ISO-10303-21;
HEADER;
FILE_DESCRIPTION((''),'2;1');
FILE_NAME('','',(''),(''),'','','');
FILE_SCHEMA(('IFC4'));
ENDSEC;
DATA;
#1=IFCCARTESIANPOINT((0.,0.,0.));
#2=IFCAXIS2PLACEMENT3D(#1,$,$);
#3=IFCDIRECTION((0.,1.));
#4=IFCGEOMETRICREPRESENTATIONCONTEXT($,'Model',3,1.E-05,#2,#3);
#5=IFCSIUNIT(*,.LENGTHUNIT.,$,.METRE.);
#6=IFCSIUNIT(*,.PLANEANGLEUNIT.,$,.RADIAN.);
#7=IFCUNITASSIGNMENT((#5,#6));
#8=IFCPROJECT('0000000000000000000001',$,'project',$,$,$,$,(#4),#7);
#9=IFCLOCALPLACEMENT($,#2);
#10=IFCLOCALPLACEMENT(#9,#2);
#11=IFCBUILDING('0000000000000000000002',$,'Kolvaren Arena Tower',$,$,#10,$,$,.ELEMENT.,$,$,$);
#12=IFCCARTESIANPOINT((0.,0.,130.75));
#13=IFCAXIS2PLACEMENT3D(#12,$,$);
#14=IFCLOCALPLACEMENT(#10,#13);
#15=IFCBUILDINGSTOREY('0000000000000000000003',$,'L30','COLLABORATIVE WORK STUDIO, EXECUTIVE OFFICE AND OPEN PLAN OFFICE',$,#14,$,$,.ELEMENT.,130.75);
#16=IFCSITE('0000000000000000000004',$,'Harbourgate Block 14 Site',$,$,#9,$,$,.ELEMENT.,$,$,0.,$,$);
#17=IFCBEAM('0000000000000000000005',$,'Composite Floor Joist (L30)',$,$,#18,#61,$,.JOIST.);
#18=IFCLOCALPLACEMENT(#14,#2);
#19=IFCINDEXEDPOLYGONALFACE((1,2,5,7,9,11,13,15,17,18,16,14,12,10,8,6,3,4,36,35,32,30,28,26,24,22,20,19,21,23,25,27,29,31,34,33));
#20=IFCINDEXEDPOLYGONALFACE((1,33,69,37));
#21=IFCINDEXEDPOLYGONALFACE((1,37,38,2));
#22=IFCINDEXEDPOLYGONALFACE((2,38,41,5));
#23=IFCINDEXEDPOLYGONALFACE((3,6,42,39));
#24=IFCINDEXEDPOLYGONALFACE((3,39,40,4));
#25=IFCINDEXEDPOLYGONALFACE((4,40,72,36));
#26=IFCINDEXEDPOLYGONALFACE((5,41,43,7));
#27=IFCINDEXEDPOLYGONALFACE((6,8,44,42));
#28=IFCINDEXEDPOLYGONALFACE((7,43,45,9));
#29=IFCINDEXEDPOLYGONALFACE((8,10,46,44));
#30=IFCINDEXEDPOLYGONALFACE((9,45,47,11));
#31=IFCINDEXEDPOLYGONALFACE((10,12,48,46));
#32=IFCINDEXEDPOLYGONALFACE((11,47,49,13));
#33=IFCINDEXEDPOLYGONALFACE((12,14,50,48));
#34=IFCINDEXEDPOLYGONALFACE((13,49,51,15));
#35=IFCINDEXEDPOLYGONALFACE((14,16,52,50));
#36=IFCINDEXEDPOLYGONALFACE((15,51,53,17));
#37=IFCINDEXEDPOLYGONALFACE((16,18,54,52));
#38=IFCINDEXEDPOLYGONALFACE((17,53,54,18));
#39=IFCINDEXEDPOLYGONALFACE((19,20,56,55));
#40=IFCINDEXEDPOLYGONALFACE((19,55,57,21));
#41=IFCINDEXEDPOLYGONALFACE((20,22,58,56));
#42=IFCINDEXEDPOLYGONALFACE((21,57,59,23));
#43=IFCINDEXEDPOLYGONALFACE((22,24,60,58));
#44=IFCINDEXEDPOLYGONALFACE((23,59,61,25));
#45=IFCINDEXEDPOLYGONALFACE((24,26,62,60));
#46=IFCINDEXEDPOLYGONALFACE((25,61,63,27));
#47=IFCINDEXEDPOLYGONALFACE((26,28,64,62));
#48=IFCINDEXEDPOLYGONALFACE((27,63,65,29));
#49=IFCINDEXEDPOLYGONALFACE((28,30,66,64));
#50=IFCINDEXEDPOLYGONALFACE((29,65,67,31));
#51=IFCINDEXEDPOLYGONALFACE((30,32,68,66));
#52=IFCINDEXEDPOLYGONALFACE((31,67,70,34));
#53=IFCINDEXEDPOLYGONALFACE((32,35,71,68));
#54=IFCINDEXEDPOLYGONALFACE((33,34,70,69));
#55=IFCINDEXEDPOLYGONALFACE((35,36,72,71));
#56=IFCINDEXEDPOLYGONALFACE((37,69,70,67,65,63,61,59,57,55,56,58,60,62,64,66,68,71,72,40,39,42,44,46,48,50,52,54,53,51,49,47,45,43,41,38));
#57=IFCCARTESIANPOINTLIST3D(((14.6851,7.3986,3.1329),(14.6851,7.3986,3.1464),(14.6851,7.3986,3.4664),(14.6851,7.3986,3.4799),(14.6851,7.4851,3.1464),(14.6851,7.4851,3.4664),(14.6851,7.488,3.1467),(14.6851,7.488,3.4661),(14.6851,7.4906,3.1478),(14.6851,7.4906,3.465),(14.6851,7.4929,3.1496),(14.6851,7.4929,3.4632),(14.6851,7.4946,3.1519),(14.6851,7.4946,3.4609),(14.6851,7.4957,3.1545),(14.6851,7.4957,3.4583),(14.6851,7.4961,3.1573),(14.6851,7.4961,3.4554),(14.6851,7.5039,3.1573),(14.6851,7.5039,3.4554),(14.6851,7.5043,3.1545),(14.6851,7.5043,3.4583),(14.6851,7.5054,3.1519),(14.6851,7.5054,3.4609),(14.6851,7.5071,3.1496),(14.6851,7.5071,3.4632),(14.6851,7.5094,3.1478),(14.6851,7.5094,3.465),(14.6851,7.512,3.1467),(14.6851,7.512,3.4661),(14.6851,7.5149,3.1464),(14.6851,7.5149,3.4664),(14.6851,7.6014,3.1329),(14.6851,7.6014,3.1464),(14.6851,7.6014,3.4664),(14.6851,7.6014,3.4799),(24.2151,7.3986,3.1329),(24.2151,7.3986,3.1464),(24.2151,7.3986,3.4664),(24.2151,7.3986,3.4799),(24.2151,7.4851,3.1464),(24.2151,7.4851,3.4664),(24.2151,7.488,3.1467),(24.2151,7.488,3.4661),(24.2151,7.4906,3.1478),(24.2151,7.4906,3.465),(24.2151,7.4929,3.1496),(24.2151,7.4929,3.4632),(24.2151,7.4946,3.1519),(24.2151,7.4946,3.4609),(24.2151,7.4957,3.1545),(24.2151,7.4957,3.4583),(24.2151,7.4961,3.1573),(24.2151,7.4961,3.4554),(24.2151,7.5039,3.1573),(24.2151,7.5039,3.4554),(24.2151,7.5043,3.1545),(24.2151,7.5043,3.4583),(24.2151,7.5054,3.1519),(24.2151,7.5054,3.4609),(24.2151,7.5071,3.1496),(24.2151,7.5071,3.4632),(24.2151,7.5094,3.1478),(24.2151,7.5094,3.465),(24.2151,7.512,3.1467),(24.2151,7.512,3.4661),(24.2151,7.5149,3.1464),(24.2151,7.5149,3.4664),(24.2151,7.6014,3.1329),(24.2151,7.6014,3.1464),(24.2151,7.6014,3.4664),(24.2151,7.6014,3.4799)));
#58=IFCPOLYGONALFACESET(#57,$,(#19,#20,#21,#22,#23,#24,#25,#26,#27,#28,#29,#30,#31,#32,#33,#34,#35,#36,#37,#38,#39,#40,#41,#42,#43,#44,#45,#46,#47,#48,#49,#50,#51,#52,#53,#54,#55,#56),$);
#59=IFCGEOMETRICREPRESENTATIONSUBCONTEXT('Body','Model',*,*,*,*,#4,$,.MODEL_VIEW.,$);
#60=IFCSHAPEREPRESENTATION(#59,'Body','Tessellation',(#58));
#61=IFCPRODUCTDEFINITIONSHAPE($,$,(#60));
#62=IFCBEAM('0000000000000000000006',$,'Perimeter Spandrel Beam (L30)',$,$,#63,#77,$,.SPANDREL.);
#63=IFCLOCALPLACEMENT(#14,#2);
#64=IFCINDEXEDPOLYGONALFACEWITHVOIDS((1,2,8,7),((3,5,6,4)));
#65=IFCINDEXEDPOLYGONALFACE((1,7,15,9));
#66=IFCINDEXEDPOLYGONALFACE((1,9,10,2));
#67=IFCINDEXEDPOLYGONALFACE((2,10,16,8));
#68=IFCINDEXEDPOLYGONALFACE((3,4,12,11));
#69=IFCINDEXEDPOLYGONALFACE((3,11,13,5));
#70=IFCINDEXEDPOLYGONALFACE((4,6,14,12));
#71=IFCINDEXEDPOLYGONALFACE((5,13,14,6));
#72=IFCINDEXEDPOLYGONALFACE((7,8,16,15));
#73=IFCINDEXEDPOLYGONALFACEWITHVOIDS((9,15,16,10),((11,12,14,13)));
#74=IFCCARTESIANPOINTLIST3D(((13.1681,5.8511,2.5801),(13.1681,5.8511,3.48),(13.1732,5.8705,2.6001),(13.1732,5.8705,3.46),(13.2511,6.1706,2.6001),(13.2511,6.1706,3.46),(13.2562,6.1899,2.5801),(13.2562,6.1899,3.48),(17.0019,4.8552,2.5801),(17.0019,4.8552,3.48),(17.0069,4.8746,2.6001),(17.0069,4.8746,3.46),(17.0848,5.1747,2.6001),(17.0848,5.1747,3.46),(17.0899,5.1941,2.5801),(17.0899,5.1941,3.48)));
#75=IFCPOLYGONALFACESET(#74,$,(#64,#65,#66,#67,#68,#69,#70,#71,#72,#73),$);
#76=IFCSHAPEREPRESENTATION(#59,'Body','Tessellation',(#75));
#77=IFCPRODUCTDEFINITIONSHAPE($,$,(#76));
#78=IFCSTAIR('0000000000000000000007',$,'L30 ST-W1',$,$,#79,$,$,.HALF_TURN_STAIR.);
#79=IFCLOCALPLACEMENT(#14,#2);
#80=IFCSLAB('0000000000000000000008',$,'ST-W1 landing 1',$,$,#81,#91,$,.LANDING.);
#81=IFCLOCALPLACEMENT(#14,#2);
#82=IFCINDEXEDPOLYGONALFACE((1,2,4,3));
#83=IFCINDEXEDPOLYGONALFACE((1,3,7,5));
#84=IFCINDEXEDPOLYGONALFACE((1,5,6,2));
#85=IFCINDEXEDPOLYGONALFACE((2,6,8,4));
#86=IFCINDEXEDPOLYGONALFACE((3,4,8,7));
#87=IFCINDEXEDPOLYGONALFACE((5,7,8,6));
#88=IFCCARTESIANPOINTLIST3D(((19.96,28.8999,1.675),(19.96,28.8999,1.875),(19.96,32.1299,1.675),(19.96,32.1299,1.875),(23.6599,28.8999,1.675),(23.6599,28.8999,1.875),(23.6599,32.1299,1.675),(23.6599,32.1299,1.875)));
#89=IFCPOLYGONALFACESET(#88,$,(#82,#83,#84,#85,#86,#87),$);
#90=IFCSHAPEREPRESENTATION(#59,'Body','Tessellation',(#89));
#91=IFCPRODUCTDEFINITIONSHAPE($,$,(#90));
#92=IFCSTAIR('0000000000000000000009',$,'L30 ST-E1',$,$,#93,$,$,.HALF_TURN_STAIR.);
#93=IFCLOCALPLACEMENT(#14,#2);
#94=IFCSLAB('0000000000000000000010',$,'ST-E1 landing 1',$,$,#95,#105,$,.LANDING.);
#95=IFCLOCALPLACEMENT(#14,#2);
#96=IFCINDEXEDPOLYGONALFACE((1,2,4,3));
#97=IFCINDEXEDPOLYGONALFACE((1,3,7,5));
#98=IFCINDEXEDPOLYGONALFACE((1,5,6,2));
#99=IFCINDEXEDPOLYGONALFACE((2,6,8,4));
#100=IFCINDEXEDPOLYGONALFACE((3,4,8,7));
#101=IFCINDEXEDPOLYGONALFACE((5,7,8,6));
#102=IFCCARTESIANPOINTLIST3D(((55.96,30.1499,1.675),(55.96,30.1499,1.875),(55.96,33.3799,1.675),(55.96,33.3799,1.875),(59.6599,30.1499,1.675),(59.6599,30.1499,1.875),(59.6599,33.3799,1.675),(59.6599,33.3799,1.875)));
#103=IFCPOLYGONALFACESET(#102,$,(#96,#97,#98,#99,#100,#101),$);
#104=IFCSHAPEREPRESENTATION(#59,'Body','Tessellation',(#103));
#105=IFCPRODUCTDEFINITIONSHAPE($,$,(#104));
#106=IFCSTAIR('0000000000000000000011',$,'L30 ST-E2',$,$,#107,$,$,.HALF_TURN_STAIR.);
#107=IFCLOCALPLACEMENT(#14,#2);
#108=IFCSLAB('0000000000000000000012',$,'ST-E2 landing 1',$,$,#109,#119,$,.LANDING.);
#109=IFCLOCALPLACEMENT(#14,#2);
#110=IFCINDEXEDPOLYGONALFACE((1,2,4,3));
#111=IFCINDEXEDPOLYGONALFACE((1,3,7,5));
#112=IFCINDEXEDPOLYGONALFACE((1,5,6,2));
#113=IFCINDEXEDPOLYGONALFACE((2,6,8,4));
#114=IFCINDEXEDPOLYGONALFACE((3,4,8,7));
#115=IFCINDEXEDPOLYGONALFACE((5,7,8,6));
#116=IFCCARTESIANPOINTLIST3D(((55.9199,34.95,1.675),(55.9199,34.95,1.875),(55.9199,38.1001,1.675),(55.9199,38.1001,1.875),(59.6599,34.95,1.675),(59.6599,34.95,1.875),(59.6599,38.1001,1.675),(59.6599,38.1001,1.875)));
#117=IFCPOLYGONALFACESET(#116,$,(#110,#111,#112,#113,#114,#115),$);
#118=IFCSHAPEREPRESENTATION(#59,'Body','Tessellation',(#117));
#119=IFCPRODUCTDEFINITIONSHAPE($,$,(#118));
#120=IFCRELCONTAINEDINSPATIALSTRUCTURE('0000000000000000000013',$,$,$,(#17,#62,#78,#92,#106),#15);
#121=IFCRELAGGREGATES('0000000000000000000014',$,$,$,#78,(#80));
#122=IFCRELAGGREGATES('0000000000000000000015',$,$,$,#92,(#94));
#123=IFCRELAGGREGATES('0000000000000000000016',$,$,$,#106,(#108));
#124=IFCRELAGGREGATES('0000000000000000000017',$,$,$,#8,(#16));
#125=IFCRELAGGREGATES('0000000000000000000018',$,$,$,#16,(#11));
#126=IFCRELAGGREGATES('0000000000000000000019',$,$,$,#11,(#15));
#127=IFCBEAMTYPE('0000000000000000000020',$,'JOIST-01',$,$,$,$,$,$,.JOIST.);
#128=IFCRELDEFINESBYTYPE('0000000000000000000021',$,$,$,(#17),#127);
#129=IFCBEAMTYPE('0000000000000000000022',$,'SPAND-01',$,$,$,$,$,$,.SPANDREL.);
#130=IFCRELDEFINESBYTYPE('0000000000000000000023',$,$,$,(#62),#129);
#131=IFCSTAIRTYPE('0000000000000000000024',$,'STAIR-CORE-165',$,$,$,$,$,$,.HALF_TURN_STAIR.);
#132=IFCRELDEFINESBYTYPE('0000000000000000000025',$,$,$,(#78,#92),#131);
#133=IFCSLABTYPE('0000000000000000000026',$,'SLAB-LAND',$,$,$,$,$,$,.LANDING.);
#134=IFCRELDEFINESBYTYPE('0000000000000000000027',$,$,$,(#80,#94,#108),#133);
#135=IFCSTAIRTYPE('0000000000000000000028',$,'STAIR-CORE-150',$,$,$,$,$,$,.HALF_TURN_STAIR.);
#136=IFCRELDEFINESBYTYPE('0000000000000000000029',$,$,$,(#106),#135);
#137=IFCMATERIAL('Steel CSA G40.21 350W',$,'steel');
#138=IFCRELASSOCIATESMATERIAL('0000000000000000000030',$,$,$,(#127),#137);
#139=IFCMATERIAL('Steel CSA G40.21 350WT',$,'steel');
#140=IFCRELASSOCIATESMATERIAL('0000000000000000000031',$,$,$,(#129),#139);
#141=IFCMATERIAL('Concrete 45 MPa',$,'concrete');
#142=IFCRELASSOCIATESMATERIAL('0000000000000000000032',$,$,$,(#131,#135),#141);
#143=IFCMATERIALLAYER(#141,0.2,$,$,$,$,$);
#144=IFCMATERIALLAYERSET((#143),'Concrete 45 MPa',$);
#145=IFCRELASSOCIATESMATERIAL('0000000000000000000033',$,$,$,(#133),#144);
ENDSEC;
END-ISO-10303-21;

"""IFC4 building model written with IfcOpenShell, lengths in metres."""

from ifc_helpers import new_model, si_unit, direction, frame, origin, origin_2d, place, context, subcontext, project, spatial, polyline, hollow_rectangle, i_section, outline, extrude, material, layer, layer_set, material_profile, profile_set, type_object, element, aggregate, save


model = new_model("IFC4")

# Units and contexts
model_context = context("Model", 3, precision=1e-05, world=origin(), true_north=direction((0.0, 1.0)))
body_context = subcontext(model_context, "Body", "Model", "MODEL_VIEW")
ifc_project = project(units=[si_unit("LENGTHUNIT", "METRE"), si_unit("PLANEANGLEUNIT", "RADIAN")], contexts=[model_context])

# Site, building, storey
site_placement = place(None, origin())
site = spatial("IfcSite", under=ifc_project, at=site_placement, Name="Harbourgate Block 14 Site", CompositionType="ELEMENT", RefElevation=0.0)
building_placement = place(site_placement, origin())
building = spatial("IfcBuilding", under=site, at=building_placement, Name="Kolvaren Arena Tower", CompositionType="ELEMENT")
storey_placement = place(building_placement, frame((0.0, 0.0, 130.75)))
storey = spatial("IfcBuildingStorey", under=building, at=storey_placement, Name="L30", Description="COLLABORATIVE WORK STUDIO, EXECUTIVE OFFICE AND OPEN PLAN OFFICE", CompositionType="ELEMENT", Elevation=130.75)

# Beams
ifc_material_1 = material(Name="Steel CSA G40.21 350W", Category="steel")
ifc_material_profile_1 = material_profile(ifc_material_1, i_section(OverallWidth=0.2029, OverallDepth=0.3469, WebThickness=0.0078, FlangeThickness=0.0134, FilletRadius=0.011, at=origin_2d()), Name="W360x64")
ifc_profile_set_1 = profile_set([ifc_material_profile_1], Name="Steel CSA G40.21 350W")
beam_type_1 = type_object("IfcBeamType", Name="JOIST-01", PredefinedType="JOIST", material=ifc_profile_set_1)
beam_1_placement = place(storey_placement, frame((14.6851, 7.5, 3.3064), z_axis=(1.0, 0.0, 0.0), x_axis=(0.0, 1.0, 0.0)))
element("IfcBeam", 1, at=beam_1_placement, inside=storey, type_object=beam_type_1, Name="Composite Floor Joist (L30)", PredefinedType="JOIST", context=body_context, shape_type="SweptSolid", body=[
    extrude(i_section(OverallWidth=0.2029, OverallDepth=0.3469, WebThickness=0.0078, FlangeThickness=0.0134, FilletRadius=0.011, at=origin_2d()), origin(), (0.0, 0.0, 1.0), 9.53),
])
ifc_material_2 = material(Name="Steel CSA G40.21 350WT", Category="steel")
ifc_material_profile_2 = material_profile(ifc_material_2, hollow_rectangle(XDim=0.3501, YDim=0.8999, WallThickness=0.02, at=origin_2d()), Name="HSS 900x350x20")
ifc_profile_set_2 = profile_set([ifc_material_profile_2], Name="Steel CSA G40.21 350WT")
beam_type_2 = type_object("IfcBeamType", Name="SPAND-01", PredefinedType="SPANDREL", material=ifc_profile_set_2)
beam_2_placement = place(storey_placement, frame((13.2122, 6.0205, 3.03), z_axis=(0.967879, -0.251416, 0.0), x_axis=(0.251416, 0.967879, 0.0)))
element("IfcBeam", 2, at=beam_2_placement, inside=storey, type_object=beam_type_2, Name="Perimeter Spandrel Beam (L30)", PredefinedType="SPANDREL", context=body_context, shape_type="SweptSolid", body=[
    extrude(hollow_rectangle(XDim=0.3501, YDim=0.8999, WallThickness=0.02, at=origin_2d()), origin(), (0.0, 0.0, 1.0), 3.9609),
])

# Stairs, slabs
ifc_material_3 = material(Name="Concrete 45 MPa", Category="concrete")
stair_type_1 = type_object("IfcStairType", Name="STAIR-CORE-165", PredefinedType="HALF_TURN_STAIR", material=ifc_material_3)
stair_1_placement = place(storey_placement, origin())
stair_1 = element("IfcStair", 3, at=stair_1_placement, inside=storey, type_object=stair_type_1, Name="L30 ST-W1", PredefinedType="HALF_TURN_STAIR")
ifc_layer_1 = layer(ifc_material_3, 0.2)
ifc_layer_set_1 = layer_set([ifc_layer_1], Name="Concrete 45 MPa")
slab_type_1 = type_object("IfcSlabType", Name="SLAB-LAND", PredefinedType="LANDING", material=ifc_layer_set_1)
slab_1_placement = place(storey_placement, frame((0.0, 0.0, 1.675)))
slab_1 = element("IfcSlab", 4, at=slab_1_placement, type_object=slab_type_1, Name="ST-W1 landing 1", PredefinedType="LANDING", context=body_context, shape_type="SweptSolid", body=[
    extrude(outline(polyline([(19.96, 28.8999), (23.6599, 28.8999), (23.6599, 32.1299), (19.96, 32.1299), (19.96, 28.8999)])), origin(), (0.0, 0.0, 1.0), 0.2),
])
aggregate(stair_1, [slab_1])
stair_2_placement = place(storey_placement, origin())
stair_2 = element("IfcStair", 5, at=stair_2_placement, inside=storey, type_object=stair_type_1, Name="L30 ST-E1", PredefinedType="HALF_TURN_STAIR")
slab_2_placement = place(storey_placement, frame((0.0, 0.0, 1.675)))
slab_2 = element("IfcSlab", 6, at=slab_2_placement, type_object=slab_type_1, Name="ST-E1 landing 1", PredefinedType="LANDING", context=body_context, shape_type="SweptSolid", body=[
    extrude(outline(polyline([(55.96, 30.1499), (59.6599, 30.1499), (59.6599, 33.3799), (55.96, 33.3799), (55.96, 30.1499)])), origin(), (0.0, 0.0, 1.0), 0.2),
])
aggregate(stair_2, [slab_2])
stair_type_2 = type_object("IfcStairType", Name="STAIR-CORE-150", PredefinedType="HALF_TURN_STAIR", material=ifc_material_3)
stair_3_placement = place(storey_placement, origin())
stair_3 = element("IfcStair", 7, at=stair_3_placement, inside=storey, type_object=stair_type_2, Name="L30 ST-E2", PredefinedType="HALF_TURN_STAIR")
slab_3_placement = place(storey_placement, frame((0.0, 0.0, 1.675)))
slab_3 = element("IfcSlab", 8, at=slab_3_placement, type_object=slab_type_1, Name="ST-E2 landing 1", PredefinedType="LANDING", context=body_context, shape_type="SweptSolid", body=[
    extrude(outline(polyline([(55.9199, 34.95), (59.6599, 34.95), (59.6599, 38.1001), (55.9199, 38.1001), (55.9199, 34.95)])), origin(), (0.0, 0.0, 1.0), 0.2),
])
aggregate(stair_3, [slab_3])

save(model, "model.ifc")
